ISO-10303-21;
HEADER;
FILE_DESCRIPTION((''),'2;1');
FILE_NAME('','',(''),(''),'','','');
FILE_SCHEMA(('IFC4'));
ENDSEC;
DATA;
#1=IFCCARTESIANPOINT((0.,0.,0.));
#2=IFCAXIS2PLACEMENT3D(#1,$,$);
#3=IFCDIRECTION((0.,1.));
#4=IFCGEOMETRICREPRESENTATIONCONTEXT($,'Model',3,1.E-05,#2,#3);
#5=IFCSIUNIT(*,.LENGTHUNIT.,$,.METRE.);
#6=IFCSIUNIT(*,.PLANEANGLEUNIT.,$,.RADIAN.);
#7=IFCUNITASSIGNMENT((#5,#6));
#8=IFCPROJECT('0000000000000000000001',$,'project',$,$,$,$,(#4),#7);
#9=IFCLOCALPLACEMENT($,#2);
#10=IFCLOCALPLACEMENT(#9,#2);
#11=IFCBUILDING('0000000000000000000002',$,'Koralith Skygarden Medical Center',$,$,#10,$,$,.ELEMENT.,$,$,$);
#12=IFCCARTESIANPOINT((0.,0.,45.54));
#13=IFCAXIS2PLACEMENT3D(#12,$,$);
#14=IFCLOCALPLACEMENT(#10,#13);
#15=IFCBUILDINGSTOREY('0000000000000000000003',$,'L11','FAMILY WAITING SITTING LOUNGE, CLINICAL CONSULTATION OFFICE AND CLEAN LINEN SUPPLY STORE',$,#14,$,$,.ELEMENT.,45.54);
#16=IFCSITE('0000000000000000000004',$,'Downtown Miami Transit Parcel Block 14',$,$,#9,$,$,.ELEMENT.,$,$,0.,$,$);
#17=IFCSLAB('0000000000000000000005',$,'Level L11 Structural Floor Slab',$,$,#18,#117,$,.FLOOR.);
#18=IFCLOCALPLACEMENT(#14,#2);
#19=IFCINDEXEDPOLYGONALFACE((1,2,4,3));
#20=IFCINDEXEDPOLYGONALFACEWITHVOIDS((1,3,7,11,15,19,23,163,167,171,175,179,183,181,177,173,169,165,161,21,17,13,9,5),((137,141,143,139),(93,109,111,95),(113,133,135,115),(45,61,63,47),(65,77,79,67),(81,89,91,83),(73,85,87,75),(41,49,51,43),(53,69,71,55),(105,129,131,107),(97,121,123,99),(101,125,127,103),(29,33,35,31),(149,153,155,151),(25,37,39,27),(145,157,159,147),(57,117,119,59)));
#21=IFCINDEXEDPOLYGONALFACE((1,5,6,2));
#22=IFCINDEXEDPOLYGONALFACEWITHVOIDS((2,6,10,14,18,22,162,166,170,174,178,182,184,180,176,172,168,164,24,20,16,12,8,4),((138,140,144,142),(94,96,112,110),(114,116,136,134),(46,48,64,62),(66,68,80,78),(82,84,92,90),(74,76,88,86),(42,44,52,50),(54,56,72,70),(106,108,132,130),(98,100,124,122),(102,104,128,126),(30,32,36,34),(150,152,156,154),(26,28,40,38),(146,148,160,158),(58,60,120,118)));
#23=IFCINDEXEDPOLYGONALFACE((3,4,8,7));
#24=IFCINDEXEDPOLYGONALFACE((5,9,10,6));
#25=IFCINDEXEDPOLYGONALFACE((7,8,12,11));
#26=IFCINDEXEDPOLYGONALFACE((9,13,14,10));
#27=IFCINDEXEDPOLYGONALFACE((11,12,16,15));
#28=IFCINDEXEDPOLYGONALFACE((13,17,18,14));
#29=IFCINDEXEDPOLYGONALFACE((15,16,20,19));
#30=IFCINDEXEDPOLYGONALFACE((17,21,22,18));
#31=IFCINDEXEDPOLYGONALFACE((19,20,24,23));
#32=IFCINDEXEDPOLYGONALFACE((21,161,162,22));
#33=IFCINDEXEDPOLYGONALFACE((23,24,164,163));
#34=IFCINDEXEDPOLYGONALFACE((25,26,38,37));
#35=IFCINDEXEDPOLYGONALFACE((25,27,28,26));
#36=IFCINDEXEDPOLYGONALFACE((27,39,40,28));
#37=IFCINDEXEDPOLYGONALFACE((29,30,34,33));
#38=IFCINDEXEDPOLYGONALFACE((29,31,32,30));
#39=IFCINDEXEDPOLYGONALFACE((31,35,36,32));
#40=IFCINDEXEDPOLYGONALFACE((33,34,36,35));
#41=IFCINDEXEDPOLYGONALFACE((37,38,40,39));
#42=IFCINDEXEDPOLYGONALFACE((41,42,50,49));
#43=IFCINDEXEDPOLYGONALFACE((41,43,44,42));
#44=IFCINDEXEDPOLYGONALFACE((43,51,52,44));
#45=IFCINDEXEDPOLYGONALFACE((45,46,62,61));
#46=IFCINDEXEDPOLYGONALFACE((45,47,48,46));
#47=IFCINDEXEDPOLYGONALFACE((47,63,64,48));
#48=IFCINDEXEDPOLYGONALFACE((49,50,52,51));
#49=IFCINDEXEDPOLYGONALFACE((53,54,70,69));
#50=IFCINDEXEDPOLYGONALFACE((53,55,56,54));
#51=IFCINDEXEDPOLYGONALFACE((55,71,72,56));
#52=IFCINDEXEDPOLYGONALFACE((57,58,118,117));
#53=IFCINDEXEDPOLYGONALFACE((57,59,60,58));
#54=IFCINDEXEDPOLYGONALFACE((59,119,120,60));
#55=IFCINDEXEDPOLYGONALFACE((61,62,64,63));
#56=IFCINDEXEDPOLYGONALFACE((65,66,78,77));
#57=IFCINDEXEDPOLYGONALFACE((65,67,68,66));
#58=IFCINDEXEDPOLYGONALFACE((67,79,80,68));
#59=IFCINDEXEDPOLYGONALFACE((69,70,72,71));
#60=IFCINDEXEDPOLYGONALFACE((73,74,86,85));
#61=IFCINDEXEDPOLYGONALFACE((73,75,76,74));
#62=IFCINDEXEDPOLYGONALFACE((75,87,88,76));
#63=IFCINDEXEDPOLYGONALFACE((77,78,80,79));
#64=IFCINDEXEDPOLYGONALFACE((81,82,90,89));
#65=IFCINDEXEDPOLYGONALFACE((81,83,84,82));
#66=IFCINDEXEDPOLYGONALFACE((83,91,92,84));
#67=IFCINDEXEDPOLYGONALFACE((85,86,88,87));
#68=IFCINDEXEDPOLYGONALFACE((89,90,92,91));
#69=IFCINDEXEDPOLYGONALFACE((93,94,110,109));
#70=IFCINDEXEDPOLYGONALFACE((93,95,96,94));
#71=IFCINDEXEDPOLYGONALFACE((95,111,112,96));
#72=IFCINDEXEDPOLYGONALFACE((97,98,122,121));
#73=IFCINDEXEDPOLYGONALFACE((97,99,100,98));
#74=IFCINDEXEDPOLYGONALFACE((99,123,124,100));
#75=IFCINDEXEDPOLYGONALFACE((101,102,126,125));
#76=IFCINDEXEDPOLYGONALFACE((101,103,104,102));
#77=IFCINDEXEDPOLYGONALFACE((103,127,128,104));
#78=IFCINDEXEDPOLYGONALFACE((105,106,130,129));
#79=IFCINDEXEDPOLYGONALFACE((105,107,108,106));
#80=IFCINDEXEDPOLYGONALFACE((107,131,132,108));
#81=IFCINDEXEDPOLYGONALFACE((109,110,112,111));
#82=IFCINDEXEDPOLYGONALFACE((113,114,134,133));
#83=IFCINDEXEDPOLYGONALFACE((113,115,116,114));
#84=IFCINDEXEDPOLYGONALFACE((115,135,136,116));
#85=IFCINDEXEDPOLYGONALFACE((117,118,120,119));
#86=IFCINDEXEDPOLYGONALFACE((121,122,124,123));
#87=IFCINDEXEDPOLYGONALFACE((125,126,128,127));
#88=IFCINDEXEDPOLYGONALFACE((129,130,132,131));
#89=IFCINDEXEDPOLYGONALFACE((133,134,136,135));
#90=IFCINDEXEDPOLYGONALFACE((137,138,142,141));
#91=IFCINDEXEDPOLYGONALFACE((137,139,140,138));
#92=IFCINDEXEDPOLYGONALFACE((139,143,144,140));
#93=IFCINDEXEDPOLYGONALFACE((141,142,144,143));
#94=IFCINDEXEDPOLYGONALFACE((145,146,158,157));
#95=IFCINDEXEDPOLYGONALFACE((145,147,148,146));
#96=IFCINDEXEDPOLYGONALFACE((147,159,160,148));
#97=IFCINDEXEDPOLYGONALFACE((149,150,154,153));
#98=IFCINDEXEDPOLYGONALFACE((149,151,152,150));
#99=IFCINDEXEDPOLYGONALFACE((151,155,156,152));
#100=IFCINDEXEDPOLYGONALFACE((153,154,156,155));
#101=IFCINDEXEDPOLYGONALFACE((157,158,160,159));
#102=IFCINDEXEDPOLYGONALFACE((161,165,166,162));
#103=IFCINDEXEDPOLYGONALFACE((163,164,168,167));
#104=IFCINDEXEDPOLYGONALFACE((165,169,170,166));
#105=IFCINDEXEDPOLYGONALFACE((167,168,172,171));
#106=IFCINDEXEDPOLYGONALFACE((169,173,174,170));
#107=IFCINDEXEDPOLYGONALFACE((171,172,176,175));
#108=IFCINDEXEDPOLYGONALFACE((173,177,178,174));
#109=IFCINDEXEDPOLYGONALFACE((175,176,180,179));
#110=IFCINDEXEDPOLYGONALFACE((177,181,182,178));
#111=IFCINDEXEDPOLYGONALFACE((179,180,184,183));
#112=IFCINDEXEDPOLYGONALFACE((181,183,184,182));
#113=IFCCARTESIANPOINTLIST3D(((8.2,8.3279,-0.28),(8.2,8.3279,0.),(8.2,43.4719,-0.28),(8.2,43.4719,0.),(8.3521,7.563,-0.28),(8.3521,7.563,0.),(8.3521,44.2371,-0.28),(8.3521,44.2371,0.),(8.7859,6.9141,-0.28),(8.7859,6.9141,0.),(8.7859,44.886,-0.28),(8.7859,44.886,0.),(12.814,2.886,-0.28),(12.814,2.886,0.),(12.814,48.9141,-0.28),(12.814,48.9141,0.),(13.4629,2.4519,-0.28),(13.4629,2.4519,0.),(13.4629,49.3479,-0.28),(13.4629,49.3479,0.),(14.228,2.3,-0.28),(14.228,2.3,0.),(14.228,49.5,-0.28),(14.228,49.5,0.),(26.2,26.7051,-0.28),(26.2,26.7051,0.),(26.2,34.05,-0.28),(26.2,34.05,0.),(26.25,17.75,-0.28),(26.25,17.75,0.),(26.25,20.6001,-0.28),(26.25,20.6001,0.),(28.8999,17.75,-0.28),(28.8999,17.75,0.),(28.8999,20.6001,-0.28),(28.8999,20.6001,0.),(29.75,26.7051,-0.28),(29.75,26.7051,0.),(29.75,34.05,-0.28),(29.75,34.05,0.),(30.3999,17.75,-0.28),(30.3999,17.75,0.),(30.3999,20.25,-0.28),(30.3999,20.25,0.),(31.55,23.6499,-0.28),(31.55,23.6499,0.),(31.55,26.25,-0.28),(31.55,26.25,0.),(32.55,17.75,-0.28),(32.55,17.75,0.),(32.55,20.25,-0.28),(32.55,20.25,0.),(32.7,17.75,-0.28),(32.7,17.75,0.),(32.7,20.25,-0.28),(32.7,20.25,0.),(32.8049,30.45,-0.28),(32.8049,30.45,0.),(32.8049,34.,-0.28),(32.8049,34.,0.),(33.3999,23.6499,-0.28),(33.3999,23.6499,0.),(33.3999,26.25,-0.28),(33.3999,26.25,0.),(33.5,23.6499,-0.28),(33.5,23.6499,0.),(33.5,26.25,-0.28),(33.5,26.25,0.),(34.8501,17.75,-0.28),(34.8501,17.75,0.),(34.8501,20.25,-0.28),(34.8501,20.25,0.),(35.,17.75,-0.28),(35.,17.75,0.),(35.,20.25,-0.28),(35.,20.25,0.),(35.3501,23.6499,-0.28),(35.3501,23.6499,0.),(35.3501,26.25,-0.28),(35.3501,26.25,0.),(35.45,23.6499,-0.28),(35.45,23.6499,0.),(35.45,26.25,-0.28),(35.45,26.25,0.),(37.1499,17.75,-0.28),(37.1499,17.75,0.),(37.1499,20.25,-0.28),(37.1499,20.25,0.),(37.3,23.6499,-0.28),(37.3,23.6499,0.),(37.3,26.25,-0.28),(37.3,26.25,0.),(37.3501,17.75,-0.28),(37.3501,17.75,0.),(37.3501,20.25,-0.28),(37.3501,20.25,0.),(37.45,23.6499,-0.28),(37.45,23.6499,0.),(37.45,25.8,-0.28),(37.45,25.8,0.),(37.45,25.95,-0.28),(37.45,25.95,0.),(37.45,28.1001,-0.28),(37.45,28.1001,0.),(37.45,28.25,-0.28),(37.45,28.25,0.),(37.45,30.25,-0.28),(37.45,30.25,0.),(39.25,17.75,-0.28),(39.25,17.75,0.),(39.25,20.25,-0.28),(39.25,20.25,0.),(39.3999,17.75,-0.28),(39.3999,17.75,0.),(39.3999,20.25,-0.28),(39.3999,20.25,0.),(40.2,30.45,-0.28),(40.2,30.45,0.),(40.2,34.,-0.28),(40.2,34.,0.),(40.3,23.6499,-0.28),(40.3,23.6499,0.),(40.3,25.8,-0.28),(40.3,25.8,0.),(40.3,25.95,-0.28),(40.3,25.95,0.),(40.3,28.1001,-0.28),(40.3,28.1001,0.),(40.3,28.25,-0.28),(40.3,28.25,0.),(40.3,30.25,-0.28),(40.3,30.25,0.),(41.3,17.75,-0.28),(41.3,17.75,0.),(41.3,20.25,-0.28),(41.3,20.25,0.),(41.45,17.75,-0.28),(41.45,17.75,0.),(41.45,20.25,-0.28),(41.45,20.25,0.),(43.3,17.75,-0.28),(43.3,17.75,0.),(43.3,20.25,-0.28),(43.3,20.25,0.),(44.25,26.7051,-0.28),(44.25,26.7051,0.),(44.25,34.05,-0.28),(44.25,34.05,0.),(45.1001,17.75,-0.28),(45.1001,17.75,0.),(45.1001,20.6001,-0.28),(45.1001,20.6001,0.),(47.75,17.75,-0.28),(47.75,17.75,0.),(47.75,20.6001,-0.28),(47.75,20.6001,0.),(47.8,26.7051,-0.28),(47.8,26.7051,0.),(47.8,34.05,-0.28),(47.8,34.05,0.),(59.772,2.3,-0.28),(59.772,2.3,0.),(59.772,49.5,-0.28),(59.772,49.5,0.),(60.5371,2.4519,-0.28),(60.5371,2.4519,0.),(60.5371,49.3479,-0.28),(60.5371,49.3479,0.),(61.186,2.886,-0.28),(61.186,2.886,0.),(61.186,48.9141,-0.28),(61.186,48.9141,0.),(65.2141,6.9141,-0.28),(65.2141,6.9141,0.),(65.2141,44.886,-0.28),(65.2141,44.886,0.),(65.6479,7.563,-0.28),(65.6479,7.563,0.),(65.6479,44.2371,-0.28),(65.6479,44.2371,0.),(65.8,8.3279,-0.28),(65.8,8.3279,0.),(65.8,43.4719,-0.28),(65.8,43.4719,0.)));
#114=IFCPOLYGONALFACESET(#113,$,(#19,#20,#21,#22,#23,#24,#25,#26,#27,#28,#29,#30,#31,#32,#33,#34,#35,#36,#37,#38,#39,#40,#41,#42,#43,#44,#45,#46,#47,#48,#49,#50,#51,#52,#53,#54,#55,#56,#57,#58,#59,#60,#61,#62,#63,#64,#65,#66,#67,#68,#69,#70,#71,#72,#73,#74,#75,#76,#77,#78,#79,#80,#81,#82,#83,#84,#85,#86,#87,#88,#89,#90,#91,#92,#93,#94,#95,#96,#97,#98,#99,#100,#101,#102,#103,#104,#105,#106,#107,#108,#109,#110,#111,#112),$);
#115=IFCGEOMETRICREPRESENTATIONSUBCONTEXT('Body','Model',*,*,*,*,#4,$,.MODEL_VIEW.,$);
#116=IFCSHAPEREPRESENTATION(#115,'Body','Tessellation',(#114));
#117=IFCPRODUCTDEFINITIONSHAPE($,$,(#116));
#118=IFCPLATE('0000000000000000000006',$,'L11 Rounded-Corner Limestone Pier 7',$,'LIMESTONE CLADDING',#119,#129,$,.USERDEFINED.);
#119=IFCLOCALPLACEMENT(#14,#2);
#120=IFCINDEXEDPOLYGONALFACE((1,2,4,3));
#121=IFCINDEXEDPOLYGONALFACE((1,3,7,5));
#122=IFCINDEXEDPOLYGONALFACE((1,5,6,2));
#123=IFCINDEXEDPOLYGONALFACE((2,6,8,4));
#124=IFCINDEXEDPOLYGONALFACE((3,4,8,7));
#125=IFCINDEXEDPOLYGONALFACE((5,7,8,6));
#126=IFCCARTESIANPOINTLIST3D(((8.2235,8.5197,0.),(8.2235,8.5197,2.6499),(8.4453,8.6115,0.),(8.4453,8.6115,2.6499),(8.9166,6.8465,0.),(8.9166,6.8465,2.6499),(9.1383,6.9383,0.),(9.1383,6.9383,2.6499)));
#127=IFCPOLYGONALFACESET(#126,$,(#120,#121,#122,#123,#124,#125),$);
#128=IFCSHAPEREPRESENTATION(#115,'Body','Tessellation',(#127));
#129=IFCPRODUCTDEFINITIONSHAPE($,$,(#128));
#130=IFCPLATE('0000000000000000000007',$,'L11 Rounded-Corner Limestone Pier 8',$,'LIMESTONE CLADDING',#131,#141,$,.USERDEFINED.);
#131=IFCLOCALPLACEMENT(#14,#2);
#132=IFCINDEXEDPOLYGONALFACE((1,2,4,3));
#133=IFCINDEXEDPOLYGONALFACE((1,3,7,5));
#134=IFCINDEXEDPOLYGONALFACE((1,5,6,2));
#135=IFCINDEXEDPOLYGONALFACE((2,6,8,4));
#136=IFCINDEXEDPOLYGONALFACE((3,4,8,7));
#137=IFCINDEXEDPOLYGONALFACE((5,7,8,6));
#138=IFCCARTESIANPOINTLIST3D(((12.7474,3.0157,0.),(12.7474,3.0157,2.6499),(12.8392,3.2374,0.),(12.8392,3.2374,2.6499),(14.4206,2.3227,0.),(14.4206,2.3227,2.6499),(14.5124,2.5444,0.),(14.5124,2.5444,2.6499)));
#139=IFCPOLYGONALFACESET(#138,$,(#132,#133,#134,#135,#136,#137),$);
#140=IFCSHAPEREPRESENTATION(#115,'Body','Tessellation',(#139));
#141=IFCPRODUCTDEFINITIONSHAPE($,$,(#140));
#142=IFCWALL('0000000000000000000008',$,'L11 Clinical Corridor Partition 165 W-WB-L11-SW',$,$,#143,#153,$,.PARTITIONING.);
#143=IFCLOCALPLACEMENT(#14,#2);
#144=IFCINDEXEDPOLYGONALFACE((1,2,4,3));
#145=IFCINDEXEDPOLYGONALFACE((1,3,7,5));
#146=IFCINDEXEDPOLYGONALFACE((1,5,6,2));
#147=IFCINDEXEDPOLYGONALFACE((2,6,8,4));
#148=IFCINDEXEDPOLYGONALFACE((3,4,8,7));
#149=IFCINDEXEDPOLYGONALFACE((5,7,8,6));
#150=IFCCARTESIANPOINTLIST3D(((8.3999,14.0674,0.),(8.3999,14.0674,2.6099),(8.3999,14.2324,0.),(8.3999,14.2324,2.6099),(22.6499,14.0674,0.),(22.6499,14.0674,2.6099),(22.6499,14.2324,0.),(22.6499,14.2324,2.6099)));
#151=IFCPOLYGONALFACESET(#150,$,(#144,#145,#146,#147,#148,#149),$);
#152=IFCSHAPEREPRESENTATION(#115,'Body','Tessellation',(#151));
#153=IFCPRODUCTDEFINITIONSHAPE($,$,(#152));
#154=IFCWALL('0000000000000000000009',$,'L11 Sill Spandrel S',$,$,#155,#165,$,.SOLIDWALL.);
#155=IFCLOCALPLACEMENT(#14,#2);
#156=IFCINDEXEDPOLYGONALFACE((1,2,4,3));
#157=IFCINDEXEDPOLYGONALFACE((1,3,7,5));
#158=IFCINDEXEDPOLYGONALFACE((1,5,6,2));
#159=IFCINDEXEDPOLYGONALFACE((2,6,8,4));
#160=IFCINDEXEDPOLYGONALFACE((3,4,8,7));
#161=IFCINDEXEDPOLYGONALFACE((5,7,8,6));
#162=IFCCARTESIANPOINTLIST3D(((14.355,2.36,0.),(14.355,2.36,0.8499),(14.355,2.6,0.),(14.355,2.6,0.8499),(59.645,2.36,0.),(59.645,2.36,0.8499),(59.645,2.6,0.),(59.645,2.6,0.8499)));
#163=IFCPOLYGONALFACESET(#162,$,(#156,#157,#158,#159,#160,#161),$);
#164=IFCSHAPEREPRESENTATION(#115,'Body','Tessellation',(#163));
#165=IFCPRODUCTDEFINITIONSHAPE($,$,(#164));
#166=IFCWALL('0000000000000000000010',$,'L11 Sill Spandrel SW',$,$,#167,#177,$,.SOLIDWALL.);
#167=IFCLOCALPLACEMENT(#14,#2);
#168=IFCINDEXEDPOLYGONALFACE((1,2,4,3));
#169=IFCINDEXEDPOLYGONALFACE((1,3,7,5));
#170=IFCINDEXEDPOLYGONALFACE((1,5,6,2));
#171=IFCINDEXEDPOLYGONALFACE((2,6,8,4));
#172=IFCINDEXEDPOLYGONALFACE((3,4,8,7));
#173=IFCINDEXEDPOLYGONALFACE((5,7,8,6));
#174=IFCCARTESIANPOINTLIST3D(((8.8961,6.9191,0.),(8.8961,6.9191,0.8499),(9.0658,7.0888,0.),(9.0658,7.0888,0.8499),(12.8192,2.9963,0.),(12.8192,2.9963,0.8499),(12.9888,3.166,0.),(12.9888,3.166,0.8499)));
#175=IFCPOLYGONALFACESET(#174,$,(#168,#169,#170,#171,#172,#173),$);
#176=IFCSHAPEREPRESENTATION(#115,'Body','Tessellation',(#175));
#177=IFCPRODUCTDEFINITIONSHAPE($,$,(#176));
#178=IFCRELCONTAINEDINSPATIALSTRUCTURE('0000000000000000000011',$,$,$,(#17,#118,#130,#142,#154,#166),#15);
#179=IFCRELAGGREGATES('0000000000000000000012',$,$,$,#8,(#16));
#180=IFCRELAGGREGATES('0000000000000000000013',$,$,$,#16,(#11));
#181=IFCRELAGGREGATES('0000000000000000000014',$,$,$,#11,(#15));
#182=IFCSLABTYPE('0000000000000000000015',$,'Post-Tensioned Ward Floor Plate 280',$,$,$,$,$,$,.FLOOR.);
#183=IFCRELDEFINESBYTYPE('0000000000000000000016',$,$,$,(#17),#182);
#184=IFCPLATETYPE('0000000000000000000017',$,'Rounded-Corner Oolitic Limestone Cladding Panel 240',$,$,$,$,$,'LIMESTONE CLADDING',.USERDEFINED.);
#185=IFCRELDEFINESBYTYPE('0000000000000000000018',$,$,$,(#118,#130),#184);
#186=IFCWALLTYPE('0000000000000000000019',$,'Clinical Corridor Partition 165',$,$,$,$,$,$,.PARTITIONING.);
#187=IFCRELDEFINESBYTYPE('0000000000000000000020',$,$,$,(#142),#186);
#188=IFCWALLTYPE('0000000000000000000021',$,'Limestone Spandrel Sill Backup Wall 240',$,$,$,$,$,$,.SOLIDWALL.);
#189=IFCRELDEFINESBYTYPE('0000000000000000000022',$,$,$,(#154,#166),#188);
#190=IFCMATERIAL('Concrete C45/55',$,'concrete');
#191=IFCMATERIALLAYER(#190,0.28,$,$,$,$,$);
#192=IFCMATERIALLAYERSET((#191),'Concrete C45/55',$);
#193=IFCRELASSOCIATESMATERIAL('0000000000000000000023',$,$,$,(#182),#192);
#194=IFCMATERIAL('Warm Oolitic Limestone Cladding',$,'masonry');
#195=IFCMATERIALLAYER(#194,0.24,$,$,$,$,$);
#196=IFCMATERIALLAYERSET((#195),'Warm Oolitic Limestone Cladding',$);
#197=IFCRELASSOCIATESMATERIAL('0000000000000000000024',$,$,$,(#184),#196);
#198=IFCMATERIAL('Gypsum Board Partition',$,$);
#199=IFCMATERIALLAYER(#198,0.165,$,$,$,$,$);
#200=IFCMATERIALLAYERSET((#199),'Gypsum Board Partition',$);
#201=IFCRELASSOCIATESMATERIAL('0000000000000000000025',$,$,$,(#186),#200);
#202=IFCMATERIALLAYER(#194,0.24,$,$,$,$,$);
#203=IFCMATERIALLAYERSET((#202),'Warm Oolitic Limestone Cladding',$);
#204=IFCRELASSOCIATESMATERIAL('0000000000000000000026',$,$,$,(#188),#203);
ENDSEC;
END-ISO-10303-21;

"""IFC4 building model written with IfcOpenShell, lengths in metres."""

from ifc_helpers import new_model, si_unit, direction, frame, frame_2d, origin, origin_2d, place, context, subcontext, project, spatial, polyline, rectangle, outline, extrude, material, layer, layer_set, type_object, element, save


model = new_model("IFC4")

# Units and contexts
model_context = context("Model", 3, precision=1e-05, world=origin(), true_north=direction((0.0, 1.0)))
body_context = subcontext(model_context, "Body", "Model", "MODEL_VIEW")
ifc_project = project(units=[si_unit("LENGTHUNIT", "METRE"), si_unit("PLANEANGLEUNIT", "RADIAN")], contexts=[model_context])

# Site, building, storey
site_placement = place(None, origin())
site = spatial("IfcSite", under=ifc_project, at=site_placement, Name="Downtown Miami Transit Parcel Block 14", CompositionType="ELEMENT", RefElevation=0.0)
building_placement = place(site_placement, origin())
building = spatial("IfcBuilding", under=site, at=building_placement, Name="Koralith Skygarden Medical Center", CompositionType="ELEMENT")
storey_placement = place(building_placement, frame((0.0, 0.0, 45.54)))
storey = spatial("IfcBuildingStorey", under=building, at=storey_placement, Name="L11", Description="FAMILY WAITING SITTING LOUNGE, CLINICAL CONSULTATION OFFICE AND CLEAN LINEN SUPPLY STORE", CompositionType="ELEMENT", Elevation=45.54)

# Shared definitions
ifc_material_1 = material(Name="Concrete C45/55", Category="concrete")

# Slab
ifc_layer_1 = layer(ifc_material_1, 0.28)
ifc_layer_set_1 = layer_set([ifc_layer_1], Name="Concrete C45/55")
slab_type_1 = type_object("IfcSlabType", Name="Post-Tensioned Ward Floor Plate 280", PredefinedType="FLOOR", material=ifc_layer_set_1)
slab_1_placement = place(storey_placement, frame((0.0, 0.0, -0.28)))
element("IfcSlab", 1, at=slab_1_placement, inside=storey, type_object=slab_type_1, Name="Level L11 Structural Floor Slab", PredefinedType="FLOOR", context=body_context, shape_type="SweptSolid", body=[
    extrude(outline(polyline([(12.814, 2.886), (13.4629, 2.4519), (14.228, 2.3), (59.772, 2.3), (60.5371, 2.4519), (61.186, 2.886), (65.2141, 6.9141), (65.6479, 7.563), (65.8, 8.3279), (65.8, 43.4719), (65.6479, 44.2371), (65.2141, 44.886), (61.186, 48.9141), (60.5371, 49.3479), (59.772, 49.5), (14.228, 49.5), (13.4629, 49.3479), (12.814, 48.9141), (8.7859, 44.886), (8.3521, 44.2371), (8.2, 43.4719), (8.2, 8.3279), (8.3521, 7.563), (8.7859, 6.9141), (12.814, 2.886)]), holes=[polyline([(26.2, 26.7051), (29.75, 26.7051), (29.75, 34.05), (26.2, 34.05), (26.2, 26.7051)]), polyline([(44.25, 26.7051), (47.8, 26.7051), (47.8, 34.05), (44.25, 34.05), (44.25, 26.7051)]), polyline([(32.8049, 30.45), (40.2, 30.45), (40.2, 34.0), (32.8049, 34.0), (32.8049, 30.45)]), polyline([(26.25, 17.75), (28.8999, 17.75), (28.8999, 20.6001), (26.25, 20.6001), (26.25, 17.75)]), polyline([(45.1001, 17.75), (47.75, 17.75), (47.75, 20.6001), (45.1001, 20.6001), (45.1001, 17.75)]), polyline([(30.3999, 17.75), (32.55, 17.75), (32.55, 20.25), (30.3999, 20.25), (30.3999, 17.75)]), polyline([(32.7, 17.75), (34.8501, 17.75), (34.8501, 20.25), (32.7, 20.25), (32.7, 17.75)]), polyline([(35.0, 17.75), (37.1499, 17.75), (37.1499, 20.25), (35.0, 20.25), (35.0, 17.75)]), polyline([(37.3501, 17.75), (39.25, 17.75), (39.25, 20.25), (37.3501, 20.25), (37.3501, 17.75)]), polyline([(39.3999, 17.75), (41.3, 17.75), (41.3, 20.25), (39.3999, 20.25), (39.3999, 17.75)]), polyline([(41.45, 17.75), (43.3, 17.75), (43.3, 20.25), (41.45, 20.25), (41.45, 17.75)]), polyline([(31.55, 23.6499), (33.3999, 23.6499), (33.3999, 26.25), (31.55, 26.25), (31.55, 23.6499)]), polyline([(33.5, 23.6499), (35.3501, 23.6499), (35.3501, 26.25), (33.5, 26.25), (33.5, 23.6499)]), polyline([(35.45, 23.6499), (37.3, 23.6499), (37.3, 26.25), (35.45, 26.25), (35.45, 23.6499)]), polyline([(37.45, 23.6499), (40.3, 23.6499), (40.3, 25.8), (37.45, 25.8), (37.45, 23.6499)]), polyline([(37.45, 25.95), (40.3, 25.95), (40.3, 28.1001), (37.45, 28.1001), (37.45, 25.95)]), polyline([(37.45, 28.25), (40.3, 28.25), (40.3, 30.25), (37.45, 30.25), (37.45, 28.25)])]), origin(), (0.0, 0.0, 1.0), 0.28),
])

# Plates
ifc_material_2 = material(Name="Warm Oolitic Limestone Cladding", Category="masonry")
ifc_layer_2 = layer(ifc_material_2, 0.24)
ifc_layer_set_2 = layer_set([ifc_layer_2], Name="Warm Oolitic Limestone Cladding")
plate_type_1 = type_object("IfcPlateType", Name="Rounded-Corner Oolitic Limestone Cladding Panel 240", ElementType="LIMESTONE CLADDING", PredefinedType="USERDEFINED", material=ifc_layer_set_2)
for number, where, z_axis, x_axis, name in (
    (2, (8.6809, 7.729, 0.0), (0.0, 0.0, 1.0), (0.382671, -0.923885, 0.0), "L11 Rounded-Corner Limestone Pier 7"),
    (3, (13.6299, 2.78, 0.0), (0.0, 0.0, 1.0), (0.923885, -0.382671, 0.0), "L11 Rounded-Corner Limestone Pier 8"),
):
    element("IfcPlate", number, at=place(storey_placement, frame(where, z_axis=z_axis, x_axis=x_axis)), inside=storey, type_object=plate_type_1, Name=name, ObjectType="LIMESTONE CLADDING", PredefinedType="USERDEFINED", context=body_context, shape_type="SweptSolid", body=[
        extrude(rectangle(XDim=1.811, YDim=0.24, at=origin_2d()), origin(), (0.0, 0.0, 1.0), 2.6499),
    ])

# Walls
ifc_material_3 = material(Name="Gypsum Board Partition")
ifc_layer_3 = layer(ifc_material_3, 0.165)
ifc_layer_set_3 = layer_set([ifc_layer_3], Name="Gypsum Board Partition")
wall_type_1 = type_object("IfcWallType", Name="Clinical Corridor Partition 165", PredefinedType="PARTITIONING", material=ifc_layer_set_3)
wall_1_placement = place(storey_placement, frame((8.3999, 14.1499, 0.0), z_axis=(0.0, 0.0, 1.0), x_axis=(1.0, 0.0, 0.0)))
element("IfcWall", 4, at=wall_1_placement, inside=storey, type_object=wall_type_1, Name="L11 Clinical Corridor Partition 165 W-WB-L11-SW", PredefinedType="PARTITIONING", context=body_context, shape_type="SweptSolid", body=[
    extrude(rectangle(XDim=14.25, YDim=0.165, at=frame_2d((7.125, 0.0))), origin(), (0.0, 0.0, 1.0), 2.6099),
])
ifc_layer_4 = layer(ifc_material_2, 0.24)
ifc_layer_set_4 = layer_set([ifc_layer_4], Name="Warm Oolitic Limestone Cladding")
wall_type_2 = type_object("IfcWallType", Name="Limestone Spandrel Sill Backup Wall 240", PredefinedType="SOLIDWALL", material=ifc_layer_set_4)
wall_2_placement = place(storey_placement, frame((14.355, 2.48, 0.0), z_axis=(0.0, 0.0, 1.0), x_axis=(1.0, 0.0, 0.0)))
element("IfcWall", 5, at=wall_2_placement, inside=storey, type_object=wall_type_2, Name="L11 Sill Spandrel S", PredefinedType="SOLIDWALL", context=body_context, shape_type="SweptSolid", body=[
    extrude(rectangle(XDim=45.29, YDim=0.24, at=frame_2d((22.645, 0.0))), origin(), (0.0, 0.0, 1.0), 0.8499),
])
wall_3_placement = place(storey_placement, frame((8.981, 7.0039, 0.0), z_axis=(0.0, 0.0, 1.0), x_axis=(0.707129, -0.707085, 0.0)))
element("IfcWall", 6, at=wall_3_placement, inside=storey, type_object=wall_type_2, Name="L11 Sill Spandrel SW", PredefinedType="SOLIDWALL", context=body_context, shape_type="SweptSolid", body=[
    extrude(rectangle(XDim=5.5479, YDim=0.24, at=frame_2d((2.7739, 0.0))), origin(), (0.0, 0.0, 1.0), 0.8499),
])

save(model, "model.ifc")
